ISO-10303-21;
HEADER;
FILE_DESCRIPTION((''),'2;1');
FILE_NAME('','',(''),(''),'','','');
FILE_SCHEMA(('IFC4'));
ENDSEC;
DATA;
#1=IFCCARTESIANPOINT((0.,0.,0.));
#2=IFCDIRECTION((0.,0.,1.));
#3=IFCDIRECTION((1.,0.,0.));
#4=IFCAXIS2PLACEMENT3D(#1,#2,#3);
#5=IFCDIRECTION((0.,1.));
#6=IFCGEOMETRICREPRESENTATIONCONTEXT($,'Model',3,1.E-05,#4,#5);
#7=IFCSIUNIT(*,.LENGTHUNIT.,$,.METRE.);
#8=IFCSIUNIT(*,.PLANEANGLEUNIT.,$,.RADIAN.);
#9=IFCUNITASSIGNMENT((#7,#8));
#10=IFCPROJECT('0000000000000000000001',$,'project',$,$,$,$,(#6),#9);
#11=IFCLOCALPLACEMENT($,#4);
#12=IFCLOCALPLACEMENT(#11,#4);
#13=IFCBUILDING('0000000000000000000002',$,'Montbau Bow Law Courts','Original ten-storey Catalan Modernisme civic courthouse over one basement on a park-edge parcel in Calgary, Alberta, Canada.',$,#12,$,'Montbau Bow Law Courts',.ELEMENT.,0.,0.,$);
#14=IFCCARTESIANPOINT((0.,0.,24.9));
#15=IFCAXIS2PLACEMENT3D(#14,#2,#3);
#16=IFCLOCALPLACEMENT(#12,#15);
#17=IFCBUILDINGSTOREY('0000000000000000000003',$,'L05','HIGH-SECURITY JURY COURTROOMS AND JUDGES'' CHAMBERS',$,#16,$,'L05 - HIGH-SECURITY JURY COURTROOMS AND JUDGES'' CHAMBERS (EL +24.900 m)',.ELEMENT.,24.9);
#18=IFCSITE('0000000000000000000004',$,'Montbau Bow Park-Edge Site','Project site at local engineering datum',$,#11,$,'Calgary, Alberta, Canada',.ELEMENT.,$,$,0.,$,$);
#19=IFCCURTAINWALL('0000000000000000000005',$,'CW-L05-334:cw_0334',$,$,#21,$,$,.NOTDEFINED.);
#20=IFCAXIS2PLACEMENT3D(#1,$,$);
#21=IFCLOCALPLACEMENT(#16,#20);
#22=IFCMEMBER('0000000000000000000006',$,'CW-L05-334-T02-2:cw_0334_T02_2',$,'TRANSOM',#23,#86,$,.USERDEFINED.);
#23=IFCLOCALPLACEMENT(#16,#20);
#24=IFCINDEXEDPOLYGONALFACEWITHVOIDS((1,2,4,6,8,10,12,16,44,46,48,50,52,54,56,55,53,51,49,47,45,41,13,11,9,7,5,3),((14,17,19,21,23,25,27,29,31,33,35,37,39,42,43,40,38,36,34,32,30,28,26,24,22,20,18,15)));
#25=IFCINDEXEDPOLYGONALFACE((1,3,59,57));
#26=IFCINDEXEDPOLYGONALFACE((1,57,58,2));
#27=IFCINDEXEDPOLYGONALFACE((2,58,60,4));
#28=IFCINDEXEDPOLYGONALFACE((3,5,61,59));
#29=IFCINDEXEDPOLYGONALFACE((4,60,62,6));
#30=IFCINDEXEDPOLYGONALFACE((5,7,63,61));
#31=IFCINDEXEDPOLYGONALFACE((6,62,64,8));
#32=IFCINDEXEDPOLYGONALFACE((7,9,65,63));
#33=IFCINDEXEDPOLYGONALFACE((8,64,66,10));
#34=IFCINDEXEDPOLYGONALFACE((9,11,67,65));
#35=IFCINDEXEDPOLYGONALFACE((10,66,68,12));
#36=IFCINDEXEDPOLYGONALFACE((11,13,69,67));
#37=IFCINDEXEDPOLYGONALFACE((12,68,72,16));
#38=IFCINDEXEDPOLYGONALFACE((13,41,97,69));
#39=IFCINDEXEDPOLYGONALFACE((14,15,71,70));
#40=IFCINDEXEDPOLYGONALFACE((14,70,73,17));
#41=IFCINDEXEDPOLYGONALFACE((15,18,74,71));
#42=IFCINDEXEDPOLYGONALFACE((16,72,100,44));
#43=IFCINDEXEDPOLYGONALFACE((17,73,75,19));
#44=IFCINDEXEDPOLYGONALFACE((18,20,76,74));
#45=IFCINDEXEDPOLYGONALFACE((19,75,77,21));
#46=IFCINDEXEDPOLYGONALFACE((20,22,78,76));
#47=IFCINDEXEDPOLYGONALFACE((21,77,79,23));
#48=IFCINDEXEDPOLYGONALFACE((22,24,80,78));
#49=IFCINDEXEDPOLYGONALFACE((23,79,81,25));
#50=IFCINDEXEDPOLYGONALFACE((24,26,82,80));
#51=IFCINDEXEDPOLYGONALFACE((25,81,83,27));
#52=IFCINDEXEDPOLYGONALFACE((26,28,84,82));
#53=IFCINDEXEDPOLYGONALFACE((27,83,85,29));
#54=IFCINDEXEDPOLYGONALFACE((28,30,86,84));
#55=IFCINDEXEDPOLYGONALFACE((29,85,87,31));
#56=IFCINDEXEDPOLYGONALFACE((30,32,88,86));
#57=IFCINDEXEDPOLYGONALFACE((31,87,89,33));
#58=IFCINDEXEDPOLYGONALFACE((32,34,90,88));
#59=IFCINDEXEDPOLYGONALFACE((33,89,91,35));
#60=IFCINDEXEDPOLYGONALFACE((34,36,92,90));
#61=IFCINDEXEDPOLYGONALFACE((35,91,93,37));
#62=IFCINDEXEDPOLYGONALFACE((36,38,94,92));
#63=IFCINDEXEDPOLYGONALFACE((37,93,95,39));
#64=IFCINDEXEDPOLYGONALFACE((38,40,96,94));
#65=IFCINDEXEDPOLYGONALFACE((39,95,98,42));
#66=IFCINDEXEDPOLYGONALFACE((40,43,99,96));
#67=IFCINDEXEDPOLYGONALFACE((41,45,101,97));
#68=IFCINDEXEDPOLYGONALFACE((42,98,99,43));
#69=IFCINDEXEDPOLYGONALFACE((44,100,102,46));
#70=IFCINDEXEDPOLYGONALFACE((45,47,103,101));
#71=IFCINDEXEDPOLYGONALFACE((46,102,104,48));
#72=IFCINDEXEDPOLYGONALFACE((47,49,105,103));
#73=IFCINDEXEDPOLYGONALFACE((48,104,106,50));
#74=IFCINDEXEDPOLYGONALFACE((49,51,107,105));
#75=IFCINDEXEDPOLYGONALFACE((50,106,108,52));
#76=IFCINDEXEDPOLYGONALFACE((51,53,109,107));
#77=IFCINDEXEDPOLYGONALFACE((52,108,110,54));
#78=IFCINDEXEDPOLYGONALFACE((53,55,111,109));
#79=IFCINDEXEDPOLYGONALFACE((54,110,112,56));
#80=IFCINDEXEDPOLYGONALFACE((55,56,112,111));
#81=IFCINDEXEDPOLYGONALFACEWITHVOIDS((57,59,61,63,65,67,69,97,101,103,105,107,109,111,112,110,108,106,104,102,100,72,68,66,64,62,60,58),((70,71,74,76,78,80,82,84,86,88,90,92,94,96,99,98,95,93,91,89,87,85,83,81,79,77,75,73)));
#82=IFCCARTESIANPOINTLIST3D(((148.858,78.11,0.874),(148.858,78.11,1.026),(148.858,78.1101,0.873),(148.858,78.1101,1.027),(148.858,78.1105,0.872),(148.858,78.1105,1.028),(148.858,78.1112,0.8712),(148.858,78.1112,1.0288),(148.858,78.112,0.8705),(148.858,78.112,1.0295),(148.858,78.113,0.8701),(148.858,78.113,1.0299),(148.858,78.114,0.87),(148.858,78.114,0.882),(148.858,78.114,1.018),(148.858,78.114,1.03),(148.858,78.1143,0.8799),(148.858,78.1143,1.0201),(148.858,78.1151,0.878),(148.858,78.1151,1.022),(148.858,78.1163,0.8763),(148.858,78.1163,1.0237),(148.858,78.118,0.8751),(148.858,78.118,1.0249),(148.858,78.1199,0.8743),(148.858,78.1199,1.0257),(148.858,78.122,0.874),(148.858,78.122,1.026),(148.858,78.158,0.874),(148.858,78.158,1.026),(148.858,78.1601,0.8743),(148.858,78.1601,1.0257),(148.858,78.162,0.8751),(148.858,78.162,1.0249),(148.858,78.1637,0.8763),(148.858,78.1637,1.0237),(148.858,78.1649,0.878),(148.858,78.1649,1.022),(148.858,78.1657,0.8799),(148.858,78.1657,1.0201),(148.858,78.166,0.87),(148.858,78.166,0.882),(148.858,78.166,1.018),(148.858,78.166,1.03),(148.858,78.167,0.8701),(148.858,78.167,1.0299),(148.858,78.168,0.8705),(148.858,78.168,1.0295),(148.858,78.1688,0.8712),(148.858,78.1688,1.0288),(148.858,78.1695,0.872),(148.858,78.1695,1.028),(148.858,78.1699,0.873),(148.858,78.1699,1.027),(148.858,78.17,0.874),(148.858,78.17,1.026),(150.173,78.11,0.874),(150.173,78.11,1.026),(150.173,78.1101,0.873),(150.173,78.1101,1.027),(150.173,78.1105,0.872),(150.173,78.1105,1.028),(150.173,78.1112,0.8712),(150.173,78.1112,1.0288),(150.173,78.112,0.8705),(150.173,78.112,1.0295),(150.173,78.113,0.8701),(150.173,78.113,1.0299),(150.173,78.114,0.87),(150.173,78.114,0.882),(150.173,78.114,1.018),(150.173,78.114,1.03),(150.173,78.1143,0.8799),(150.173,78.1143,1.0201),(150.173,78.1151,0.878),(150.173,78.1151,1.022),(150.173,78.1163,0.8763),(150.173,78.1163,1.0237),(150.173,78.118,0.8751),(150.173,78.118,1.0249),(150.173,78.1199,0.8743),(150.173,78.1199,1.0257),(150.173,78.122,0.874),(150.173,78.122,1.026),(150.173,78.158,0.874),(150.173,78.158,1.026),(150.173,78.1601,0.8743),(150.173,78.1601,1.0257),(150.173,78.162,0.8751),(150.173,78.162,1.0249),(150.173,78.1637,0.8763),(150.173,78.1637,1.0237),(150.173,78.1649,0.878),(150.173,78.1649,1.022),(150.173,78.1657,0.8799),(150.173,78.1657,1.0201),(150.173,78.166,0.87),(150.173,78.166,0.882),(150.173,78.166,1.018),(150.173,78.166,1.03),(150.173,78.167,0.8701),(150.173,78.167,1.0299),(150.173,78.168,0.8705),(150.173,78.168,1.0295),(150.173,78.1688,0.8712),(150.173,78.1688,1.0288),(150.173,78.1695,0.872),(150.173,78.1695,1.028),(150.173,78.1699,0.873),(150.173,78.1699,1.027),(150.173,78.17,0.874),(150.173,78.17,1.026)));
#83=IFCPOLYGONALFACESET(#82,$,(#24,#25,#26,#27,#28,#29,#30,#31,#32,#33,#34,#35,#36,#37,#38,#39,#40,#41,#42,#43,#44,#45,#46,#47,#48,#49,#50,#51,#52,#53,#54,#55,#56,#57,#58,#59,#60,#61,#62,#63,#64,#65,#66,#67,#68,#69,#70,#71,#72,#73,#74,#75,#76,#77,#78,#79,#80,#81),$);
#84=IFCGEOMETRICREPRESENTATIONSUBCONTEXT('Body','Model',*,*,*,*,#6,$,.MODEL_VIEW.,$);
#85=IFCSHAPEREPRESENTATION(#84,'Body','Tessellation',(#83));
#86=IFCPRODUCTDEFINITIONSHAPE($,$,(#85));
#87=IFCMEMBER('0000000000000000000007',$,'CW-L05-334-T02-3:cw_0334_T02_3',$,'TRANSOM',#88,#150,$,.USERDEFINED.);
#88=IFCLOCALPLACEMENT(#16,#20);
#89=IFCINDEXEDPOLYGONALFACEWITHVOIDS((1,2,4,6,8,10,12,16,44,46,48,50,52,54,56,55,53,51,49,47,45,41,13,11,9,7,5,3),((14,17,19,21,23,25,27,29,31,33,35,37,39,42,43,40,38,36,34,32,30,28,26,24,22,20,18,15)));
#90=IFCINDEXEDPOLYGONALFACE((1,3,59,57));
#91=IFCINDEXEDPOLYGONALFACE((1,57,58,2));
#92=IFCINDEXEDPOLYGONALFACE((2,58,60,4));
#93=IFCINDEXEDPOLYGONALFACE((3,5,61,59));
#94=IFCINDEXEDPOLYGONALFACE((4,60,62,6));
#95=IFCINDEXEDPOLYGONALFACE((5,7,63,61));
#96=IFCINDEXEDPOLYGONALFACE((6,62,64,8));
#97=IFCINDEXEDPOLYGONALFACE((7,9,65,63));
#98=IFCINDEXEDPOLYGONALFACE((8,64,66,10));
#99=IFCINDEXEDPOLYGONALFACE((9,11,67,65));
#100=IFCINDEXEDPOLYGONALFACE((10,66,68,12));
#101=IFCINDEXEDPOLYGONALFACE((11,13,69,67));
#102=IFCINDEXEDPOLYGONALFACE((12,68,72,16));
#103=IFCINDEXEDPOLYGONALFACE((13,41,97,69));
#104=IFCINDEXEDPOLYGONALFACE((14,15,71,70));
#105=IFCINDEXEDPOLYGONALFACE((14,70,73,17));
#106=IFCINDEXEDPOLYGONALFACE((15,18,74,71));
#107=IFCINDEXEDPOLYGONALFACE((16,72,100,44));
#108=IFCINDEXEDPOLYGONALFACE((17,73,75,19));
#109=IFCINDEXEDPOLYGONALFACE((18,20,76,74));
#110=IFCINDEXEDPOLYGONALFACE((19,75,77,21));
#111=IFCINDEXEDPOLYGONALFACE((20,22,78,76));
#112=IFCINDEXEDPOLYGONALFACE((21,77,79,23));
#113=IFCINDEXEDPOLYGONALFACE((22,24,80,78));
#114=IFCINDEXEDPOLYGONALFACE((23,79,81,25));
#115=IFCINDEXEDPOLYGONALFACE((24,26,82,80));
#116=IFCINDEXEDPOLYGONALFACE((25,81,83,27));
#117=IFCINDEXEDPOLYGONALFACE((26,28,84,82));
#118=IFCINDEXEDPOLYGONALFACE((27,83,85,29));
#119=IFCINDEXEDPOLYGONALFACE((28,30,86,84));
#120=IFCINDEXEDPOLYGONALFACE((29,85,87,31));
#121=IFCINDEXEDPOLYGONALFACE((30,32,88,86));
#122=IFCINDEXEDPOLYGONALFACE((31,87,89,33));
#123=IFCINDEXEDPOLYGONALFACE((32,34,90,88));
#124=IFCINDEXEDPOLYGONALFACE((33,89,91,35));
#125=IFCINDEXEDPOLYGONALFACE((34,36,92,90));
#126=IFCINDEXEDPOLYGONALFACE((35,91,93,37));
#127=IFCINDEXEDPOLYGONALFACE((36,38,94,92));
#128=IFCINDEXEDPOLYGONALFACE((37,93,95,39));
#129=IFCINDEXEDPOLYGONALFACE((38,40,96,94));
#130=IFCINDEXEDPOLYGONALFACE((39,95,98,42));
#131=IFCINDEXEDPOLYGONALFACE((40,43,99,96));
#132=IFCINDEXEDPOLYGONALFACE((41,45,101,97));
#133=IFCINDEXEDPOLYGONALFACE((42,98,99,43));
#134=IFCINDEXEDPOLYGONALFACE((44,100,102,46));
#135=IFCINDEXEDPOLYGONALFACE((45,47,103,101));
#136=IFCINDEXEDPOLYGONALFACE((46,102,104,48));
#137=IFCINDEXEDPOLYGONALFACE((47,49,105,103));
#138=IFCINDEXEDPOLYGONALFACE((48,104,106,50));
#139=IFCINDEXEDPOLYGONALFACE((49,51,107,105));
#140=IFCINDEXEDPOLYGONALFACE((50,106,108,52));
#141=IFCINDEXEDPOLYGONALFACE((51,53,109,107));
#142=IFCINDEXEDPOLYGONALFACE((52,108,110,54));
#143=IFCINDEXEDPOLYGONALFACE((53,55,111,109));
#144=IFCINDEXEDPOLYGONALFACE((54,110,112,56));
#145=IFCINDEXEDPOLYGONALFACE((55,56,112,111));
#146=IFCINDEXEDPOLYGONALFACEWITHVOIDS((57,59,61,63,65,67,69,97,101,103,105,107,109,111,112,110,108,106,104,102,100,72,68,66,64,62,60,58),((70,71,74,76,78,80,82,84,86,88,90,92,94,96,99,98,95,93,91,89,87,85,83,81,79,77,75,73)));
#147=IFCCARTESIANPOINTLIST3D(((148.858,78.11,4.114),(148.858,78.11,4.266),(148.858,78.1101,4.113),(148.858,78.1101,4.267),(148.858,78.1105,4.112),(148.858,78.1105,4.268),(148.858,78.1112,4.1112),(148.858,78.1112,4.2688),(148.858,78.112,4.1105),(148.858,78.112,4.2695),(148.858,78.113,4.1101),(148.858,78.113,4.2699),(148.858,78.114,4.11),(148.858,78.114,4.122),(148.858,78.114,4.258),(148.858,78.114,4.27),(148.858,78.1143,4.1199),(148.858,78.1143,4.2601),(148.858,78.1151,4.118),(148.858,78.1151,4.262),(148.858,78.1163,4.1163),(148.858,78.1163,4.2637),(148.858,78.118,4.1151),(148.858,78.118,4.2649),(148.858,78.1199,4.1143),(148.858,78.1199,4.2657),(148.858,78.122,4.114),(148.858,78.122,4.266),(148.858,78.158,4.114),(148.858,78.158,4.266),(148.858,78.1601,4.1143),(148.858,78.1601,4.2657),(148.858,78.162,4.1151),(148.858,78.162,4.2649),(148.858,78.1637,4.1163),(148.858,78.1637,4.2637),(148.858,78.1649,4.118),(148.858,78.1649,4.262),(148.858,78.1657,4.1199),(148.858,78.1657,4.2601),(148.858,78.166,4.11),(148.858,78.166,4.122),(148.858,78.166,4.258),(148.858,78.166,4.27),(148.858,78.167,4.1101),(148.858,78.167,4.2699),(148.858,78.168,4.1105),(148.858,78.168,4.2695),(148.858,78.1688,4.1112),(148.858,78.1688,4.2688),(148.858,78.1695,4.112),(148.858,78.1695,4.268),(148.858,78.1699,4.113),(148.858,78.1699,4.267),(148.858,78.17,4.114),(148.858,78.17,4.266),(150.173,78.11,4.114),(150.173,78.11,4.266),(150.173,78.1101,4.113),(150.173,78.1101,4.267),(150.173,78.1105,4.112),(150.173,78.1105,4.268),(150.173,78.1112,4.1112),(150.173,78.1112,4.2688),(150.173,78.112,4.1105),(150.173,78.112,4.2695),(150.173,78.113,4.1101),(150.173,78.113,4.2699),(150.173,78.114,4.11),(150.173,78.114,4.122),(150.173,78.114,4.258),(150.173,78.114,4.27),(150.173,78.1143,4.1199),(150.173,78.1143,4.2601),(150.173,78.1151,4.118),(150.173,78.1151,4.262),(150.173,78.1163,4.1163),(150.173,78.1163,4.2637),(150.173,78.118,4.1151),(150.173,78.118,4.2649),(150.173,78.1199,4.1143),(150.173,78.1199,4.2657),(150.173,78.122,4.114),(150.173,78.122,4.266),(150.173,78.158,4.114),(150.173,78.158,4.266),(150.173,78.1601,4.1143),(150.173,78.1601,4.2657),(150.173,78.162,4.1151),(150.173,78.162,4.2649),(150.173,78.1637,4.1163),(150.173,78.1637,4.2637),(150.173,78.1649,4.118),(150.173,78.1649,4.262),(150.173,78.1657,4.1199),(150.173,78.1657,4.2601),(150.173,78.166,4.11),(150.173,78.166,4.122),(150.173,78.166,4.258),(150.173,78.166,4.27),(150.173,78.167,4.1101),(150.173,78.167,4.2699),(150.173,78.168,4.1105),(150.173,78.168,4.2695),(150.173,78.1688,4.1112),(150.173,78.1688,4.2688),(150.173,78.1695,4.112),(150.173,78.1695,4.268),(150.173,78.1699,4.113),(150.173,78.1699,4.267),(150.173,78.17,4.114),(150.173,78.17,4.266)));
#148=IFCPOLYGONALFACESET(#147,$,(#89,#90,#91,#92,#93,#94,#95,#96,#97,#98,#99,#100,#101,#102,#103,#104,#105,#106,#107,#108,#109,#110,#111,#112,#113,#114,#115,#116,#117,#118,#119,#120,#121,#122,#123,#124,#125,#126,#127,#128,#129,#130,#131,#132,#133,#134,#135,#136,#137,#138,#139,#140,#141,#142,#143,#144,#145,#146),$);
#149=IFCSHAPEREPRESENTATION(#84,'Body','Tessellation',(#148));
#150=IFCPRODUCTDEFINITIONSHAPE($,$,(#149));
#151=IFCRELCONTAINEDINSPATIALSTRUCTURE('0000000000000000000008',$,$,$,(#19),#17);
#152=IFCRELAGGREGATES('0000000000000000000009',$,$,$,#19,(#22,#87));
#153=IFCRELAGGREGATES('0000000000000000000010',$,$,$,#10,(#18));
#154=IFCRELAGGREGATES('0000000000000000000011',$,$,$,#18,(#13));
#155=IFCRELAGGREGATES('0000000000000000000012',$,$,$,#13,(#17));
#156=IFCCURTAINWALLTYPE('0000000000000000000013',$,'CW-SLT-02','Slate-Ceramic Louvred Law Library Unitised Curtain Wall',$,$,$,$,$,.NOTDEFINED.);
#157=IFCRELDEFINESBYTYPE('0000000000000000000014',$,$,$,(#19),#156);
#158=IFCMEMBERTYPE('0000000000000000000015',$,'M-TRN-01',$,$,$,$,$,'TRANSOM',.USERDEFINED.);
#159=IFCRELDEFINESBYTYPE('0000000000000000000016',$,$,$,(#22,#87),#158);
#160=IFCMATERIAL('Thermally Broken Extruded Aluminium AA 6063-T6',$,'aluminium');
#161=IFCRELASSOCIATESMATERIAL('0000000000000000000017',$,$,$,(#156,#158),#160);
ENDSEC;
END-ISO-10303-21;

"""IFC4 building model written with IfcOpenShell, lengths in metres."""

from ifc_helpers import new_model, si_unit, direction, frame, origin_with_axes, origin_2d_with_axis, place, context, subcontext, project, spatial, hollow_rectangle, extrude, material, material_profile, profile_set, type_object, element, aggregate, save


model = new_model("IFC4")

# Units and contexts
model_context = context("Model", 3, precision=1e-05, world=origin_with_axes(), true_north=direction((0.0, 1.0)))
body_context = subcontext(model_context, "Body", "Model", "MODEL_VIEW")
ifc_project = project(units=[si_unit("LENGTHUNIT", "METRE"), si_unit("PLANEANGLEUNIT", "RADIAN")], contexts=[model_context])

# Site, building, storey
site_placement = place(None, origin_with_axes())
site = spatial("IfcSite", under=ifc_project, at=site_placement, Name="Montbau Bow Park-Edge Site", Description="Project site at local engineering datum", LongName="Calgary, Alberta, Canada", CompositionType="ELEMENT", RefElevation=0.0)
building_placement = place(site_placement, origin_with_axes())
building = spatial("IfcBuilding", under=site, at=building_placement, Name="Montbau Bow Law Courts", Description="Original ten-storey Catalan Modernisme civic courthouse over one basement on a park-edge parcel in Calgary, Alberta, Canada.", LongName="Montbau Bow Law Courts", CompositionType="ELEMENT", ElevationOfRefHeight=0.0, ElevationOfTerrain=0.0)
storey_placement = place(building_placement, frame((0.0, 0.0, 24.9), z_axis=(0.0, 0.0, 1.0), x_axis=(1.0, 0.0, 0.0)))
storey = spatial("IfcBuildingStorey", under=building, at=storey_placement, Name="L05", Description="HIGH-SECURITY JURY COURTROOMS AND JUDGES' CHAMBERS", LongName="L05 - HIGH-SECURITY JURY COURTROOMS AND JUDGES' CHAMBERS (EL +24.900 m)", CompositionType="ELEMENT", Elevation=24.9)

# Curtain wall, members
ifc_material_1 = material(Name="Thermally Broken Extruded Aluminium AA 6063-T6", Category="aluminium")
curtain_wall_type = type_object("IfcCurtainWallType", Name="CW-SLT-02", Description="Slate-Ceramic Louvred Law Library Unitised Curtain Wall", PredefinedType="NOTDEFINED", material=ifc_material_1)
curtain_wall_placement = place(None, frame((147.44, 78.14, 24.9), z_axis=(0.0, 0.0, 1.0), x_axis=(1.0, 0.0, 0.0)))
curtain_wall = element("IfcCurtainWall", 1, at=curtain_wall_placement, inside=storey, type_object=curtain_wall_type, Name="CW-L05-334:cw_0334", PredefinedType="NOTDEFINED")
ifc_material_profile_1 = material_profile(ifc_material_1, hollow_rectangle(XDim=0.06, YDim=0.16, WallThickness=0.004, InnerFilletRadius=0.008, OuterFilletRadius=0.004, at=origin_2d_with_axis()), Name="CWT-160X60", Category="Main", Priority=0)
ifc_profile_set_1 = profile_set([ifc_material_profile_1], Name="Thermally Broken Extruded Aluminium AA 6063-T6")
member_type_1 = type_object("IfcMemberType", Name="M-TRN-01", ElementType="TRANSOM", PredefinedType="USERDEFINED", material=ifc_profile_set_1)
member_1_placement = place(None, frame((148.858, 78.14, 25.85), z_axis=(1.0, 0.0, 0.0), x_axis=(0.0, 1.0, 0.0)))
member_1 = element("IfcMember", 2, at=member_1_placement, type_object=member_type_1, Name="CW-L05-334-T02-2:cw_0334_T02_2", ObjectType="TRANSOM", PredefinedType="USERDEFINED", context=body_context, shape_type="SweptSolid", body=[
    extrude(hollow_rectangle(XDim=0.06, YDim=0.16, WallThickness=0.004, InnerFilletRadius=0.008, OuterFilletRadius=0.004, at=origin_2d_with_axis()), origin_with_axes(), (0.0, 0.0, 1.0), 1.315),
])
member_2_placement = place(None, frame((148.858, 78.14, 29.09), z_axis=(1.0, 0.0, 0.0), x_axis=(0.0, 1.0, 0.0)))
member_2 = element("IfcMember", 3, at=member_2_placement, type_object=member_type_1, Name="CW-L05-334-T02-3:cw_0334_T02_3", ObjectType="TRANSOM", PredefinedType="USERDEFINED", context=body_context, shape_type="SweptSolid", body=[
    extrude(hollow_rectangle(XDim=0.06, YDim=0.16, WallThickness=0.004, InnerFilletRadius=0.008, OuterFilletRadius=0.004, at=origin_2d_with_axis()), origin_with_axes(), (0.0, 0.0, 1.0), 1.315),
])
aggregate(curtain_wall, [member_1, member_2])

save(model, "model.ifc")
